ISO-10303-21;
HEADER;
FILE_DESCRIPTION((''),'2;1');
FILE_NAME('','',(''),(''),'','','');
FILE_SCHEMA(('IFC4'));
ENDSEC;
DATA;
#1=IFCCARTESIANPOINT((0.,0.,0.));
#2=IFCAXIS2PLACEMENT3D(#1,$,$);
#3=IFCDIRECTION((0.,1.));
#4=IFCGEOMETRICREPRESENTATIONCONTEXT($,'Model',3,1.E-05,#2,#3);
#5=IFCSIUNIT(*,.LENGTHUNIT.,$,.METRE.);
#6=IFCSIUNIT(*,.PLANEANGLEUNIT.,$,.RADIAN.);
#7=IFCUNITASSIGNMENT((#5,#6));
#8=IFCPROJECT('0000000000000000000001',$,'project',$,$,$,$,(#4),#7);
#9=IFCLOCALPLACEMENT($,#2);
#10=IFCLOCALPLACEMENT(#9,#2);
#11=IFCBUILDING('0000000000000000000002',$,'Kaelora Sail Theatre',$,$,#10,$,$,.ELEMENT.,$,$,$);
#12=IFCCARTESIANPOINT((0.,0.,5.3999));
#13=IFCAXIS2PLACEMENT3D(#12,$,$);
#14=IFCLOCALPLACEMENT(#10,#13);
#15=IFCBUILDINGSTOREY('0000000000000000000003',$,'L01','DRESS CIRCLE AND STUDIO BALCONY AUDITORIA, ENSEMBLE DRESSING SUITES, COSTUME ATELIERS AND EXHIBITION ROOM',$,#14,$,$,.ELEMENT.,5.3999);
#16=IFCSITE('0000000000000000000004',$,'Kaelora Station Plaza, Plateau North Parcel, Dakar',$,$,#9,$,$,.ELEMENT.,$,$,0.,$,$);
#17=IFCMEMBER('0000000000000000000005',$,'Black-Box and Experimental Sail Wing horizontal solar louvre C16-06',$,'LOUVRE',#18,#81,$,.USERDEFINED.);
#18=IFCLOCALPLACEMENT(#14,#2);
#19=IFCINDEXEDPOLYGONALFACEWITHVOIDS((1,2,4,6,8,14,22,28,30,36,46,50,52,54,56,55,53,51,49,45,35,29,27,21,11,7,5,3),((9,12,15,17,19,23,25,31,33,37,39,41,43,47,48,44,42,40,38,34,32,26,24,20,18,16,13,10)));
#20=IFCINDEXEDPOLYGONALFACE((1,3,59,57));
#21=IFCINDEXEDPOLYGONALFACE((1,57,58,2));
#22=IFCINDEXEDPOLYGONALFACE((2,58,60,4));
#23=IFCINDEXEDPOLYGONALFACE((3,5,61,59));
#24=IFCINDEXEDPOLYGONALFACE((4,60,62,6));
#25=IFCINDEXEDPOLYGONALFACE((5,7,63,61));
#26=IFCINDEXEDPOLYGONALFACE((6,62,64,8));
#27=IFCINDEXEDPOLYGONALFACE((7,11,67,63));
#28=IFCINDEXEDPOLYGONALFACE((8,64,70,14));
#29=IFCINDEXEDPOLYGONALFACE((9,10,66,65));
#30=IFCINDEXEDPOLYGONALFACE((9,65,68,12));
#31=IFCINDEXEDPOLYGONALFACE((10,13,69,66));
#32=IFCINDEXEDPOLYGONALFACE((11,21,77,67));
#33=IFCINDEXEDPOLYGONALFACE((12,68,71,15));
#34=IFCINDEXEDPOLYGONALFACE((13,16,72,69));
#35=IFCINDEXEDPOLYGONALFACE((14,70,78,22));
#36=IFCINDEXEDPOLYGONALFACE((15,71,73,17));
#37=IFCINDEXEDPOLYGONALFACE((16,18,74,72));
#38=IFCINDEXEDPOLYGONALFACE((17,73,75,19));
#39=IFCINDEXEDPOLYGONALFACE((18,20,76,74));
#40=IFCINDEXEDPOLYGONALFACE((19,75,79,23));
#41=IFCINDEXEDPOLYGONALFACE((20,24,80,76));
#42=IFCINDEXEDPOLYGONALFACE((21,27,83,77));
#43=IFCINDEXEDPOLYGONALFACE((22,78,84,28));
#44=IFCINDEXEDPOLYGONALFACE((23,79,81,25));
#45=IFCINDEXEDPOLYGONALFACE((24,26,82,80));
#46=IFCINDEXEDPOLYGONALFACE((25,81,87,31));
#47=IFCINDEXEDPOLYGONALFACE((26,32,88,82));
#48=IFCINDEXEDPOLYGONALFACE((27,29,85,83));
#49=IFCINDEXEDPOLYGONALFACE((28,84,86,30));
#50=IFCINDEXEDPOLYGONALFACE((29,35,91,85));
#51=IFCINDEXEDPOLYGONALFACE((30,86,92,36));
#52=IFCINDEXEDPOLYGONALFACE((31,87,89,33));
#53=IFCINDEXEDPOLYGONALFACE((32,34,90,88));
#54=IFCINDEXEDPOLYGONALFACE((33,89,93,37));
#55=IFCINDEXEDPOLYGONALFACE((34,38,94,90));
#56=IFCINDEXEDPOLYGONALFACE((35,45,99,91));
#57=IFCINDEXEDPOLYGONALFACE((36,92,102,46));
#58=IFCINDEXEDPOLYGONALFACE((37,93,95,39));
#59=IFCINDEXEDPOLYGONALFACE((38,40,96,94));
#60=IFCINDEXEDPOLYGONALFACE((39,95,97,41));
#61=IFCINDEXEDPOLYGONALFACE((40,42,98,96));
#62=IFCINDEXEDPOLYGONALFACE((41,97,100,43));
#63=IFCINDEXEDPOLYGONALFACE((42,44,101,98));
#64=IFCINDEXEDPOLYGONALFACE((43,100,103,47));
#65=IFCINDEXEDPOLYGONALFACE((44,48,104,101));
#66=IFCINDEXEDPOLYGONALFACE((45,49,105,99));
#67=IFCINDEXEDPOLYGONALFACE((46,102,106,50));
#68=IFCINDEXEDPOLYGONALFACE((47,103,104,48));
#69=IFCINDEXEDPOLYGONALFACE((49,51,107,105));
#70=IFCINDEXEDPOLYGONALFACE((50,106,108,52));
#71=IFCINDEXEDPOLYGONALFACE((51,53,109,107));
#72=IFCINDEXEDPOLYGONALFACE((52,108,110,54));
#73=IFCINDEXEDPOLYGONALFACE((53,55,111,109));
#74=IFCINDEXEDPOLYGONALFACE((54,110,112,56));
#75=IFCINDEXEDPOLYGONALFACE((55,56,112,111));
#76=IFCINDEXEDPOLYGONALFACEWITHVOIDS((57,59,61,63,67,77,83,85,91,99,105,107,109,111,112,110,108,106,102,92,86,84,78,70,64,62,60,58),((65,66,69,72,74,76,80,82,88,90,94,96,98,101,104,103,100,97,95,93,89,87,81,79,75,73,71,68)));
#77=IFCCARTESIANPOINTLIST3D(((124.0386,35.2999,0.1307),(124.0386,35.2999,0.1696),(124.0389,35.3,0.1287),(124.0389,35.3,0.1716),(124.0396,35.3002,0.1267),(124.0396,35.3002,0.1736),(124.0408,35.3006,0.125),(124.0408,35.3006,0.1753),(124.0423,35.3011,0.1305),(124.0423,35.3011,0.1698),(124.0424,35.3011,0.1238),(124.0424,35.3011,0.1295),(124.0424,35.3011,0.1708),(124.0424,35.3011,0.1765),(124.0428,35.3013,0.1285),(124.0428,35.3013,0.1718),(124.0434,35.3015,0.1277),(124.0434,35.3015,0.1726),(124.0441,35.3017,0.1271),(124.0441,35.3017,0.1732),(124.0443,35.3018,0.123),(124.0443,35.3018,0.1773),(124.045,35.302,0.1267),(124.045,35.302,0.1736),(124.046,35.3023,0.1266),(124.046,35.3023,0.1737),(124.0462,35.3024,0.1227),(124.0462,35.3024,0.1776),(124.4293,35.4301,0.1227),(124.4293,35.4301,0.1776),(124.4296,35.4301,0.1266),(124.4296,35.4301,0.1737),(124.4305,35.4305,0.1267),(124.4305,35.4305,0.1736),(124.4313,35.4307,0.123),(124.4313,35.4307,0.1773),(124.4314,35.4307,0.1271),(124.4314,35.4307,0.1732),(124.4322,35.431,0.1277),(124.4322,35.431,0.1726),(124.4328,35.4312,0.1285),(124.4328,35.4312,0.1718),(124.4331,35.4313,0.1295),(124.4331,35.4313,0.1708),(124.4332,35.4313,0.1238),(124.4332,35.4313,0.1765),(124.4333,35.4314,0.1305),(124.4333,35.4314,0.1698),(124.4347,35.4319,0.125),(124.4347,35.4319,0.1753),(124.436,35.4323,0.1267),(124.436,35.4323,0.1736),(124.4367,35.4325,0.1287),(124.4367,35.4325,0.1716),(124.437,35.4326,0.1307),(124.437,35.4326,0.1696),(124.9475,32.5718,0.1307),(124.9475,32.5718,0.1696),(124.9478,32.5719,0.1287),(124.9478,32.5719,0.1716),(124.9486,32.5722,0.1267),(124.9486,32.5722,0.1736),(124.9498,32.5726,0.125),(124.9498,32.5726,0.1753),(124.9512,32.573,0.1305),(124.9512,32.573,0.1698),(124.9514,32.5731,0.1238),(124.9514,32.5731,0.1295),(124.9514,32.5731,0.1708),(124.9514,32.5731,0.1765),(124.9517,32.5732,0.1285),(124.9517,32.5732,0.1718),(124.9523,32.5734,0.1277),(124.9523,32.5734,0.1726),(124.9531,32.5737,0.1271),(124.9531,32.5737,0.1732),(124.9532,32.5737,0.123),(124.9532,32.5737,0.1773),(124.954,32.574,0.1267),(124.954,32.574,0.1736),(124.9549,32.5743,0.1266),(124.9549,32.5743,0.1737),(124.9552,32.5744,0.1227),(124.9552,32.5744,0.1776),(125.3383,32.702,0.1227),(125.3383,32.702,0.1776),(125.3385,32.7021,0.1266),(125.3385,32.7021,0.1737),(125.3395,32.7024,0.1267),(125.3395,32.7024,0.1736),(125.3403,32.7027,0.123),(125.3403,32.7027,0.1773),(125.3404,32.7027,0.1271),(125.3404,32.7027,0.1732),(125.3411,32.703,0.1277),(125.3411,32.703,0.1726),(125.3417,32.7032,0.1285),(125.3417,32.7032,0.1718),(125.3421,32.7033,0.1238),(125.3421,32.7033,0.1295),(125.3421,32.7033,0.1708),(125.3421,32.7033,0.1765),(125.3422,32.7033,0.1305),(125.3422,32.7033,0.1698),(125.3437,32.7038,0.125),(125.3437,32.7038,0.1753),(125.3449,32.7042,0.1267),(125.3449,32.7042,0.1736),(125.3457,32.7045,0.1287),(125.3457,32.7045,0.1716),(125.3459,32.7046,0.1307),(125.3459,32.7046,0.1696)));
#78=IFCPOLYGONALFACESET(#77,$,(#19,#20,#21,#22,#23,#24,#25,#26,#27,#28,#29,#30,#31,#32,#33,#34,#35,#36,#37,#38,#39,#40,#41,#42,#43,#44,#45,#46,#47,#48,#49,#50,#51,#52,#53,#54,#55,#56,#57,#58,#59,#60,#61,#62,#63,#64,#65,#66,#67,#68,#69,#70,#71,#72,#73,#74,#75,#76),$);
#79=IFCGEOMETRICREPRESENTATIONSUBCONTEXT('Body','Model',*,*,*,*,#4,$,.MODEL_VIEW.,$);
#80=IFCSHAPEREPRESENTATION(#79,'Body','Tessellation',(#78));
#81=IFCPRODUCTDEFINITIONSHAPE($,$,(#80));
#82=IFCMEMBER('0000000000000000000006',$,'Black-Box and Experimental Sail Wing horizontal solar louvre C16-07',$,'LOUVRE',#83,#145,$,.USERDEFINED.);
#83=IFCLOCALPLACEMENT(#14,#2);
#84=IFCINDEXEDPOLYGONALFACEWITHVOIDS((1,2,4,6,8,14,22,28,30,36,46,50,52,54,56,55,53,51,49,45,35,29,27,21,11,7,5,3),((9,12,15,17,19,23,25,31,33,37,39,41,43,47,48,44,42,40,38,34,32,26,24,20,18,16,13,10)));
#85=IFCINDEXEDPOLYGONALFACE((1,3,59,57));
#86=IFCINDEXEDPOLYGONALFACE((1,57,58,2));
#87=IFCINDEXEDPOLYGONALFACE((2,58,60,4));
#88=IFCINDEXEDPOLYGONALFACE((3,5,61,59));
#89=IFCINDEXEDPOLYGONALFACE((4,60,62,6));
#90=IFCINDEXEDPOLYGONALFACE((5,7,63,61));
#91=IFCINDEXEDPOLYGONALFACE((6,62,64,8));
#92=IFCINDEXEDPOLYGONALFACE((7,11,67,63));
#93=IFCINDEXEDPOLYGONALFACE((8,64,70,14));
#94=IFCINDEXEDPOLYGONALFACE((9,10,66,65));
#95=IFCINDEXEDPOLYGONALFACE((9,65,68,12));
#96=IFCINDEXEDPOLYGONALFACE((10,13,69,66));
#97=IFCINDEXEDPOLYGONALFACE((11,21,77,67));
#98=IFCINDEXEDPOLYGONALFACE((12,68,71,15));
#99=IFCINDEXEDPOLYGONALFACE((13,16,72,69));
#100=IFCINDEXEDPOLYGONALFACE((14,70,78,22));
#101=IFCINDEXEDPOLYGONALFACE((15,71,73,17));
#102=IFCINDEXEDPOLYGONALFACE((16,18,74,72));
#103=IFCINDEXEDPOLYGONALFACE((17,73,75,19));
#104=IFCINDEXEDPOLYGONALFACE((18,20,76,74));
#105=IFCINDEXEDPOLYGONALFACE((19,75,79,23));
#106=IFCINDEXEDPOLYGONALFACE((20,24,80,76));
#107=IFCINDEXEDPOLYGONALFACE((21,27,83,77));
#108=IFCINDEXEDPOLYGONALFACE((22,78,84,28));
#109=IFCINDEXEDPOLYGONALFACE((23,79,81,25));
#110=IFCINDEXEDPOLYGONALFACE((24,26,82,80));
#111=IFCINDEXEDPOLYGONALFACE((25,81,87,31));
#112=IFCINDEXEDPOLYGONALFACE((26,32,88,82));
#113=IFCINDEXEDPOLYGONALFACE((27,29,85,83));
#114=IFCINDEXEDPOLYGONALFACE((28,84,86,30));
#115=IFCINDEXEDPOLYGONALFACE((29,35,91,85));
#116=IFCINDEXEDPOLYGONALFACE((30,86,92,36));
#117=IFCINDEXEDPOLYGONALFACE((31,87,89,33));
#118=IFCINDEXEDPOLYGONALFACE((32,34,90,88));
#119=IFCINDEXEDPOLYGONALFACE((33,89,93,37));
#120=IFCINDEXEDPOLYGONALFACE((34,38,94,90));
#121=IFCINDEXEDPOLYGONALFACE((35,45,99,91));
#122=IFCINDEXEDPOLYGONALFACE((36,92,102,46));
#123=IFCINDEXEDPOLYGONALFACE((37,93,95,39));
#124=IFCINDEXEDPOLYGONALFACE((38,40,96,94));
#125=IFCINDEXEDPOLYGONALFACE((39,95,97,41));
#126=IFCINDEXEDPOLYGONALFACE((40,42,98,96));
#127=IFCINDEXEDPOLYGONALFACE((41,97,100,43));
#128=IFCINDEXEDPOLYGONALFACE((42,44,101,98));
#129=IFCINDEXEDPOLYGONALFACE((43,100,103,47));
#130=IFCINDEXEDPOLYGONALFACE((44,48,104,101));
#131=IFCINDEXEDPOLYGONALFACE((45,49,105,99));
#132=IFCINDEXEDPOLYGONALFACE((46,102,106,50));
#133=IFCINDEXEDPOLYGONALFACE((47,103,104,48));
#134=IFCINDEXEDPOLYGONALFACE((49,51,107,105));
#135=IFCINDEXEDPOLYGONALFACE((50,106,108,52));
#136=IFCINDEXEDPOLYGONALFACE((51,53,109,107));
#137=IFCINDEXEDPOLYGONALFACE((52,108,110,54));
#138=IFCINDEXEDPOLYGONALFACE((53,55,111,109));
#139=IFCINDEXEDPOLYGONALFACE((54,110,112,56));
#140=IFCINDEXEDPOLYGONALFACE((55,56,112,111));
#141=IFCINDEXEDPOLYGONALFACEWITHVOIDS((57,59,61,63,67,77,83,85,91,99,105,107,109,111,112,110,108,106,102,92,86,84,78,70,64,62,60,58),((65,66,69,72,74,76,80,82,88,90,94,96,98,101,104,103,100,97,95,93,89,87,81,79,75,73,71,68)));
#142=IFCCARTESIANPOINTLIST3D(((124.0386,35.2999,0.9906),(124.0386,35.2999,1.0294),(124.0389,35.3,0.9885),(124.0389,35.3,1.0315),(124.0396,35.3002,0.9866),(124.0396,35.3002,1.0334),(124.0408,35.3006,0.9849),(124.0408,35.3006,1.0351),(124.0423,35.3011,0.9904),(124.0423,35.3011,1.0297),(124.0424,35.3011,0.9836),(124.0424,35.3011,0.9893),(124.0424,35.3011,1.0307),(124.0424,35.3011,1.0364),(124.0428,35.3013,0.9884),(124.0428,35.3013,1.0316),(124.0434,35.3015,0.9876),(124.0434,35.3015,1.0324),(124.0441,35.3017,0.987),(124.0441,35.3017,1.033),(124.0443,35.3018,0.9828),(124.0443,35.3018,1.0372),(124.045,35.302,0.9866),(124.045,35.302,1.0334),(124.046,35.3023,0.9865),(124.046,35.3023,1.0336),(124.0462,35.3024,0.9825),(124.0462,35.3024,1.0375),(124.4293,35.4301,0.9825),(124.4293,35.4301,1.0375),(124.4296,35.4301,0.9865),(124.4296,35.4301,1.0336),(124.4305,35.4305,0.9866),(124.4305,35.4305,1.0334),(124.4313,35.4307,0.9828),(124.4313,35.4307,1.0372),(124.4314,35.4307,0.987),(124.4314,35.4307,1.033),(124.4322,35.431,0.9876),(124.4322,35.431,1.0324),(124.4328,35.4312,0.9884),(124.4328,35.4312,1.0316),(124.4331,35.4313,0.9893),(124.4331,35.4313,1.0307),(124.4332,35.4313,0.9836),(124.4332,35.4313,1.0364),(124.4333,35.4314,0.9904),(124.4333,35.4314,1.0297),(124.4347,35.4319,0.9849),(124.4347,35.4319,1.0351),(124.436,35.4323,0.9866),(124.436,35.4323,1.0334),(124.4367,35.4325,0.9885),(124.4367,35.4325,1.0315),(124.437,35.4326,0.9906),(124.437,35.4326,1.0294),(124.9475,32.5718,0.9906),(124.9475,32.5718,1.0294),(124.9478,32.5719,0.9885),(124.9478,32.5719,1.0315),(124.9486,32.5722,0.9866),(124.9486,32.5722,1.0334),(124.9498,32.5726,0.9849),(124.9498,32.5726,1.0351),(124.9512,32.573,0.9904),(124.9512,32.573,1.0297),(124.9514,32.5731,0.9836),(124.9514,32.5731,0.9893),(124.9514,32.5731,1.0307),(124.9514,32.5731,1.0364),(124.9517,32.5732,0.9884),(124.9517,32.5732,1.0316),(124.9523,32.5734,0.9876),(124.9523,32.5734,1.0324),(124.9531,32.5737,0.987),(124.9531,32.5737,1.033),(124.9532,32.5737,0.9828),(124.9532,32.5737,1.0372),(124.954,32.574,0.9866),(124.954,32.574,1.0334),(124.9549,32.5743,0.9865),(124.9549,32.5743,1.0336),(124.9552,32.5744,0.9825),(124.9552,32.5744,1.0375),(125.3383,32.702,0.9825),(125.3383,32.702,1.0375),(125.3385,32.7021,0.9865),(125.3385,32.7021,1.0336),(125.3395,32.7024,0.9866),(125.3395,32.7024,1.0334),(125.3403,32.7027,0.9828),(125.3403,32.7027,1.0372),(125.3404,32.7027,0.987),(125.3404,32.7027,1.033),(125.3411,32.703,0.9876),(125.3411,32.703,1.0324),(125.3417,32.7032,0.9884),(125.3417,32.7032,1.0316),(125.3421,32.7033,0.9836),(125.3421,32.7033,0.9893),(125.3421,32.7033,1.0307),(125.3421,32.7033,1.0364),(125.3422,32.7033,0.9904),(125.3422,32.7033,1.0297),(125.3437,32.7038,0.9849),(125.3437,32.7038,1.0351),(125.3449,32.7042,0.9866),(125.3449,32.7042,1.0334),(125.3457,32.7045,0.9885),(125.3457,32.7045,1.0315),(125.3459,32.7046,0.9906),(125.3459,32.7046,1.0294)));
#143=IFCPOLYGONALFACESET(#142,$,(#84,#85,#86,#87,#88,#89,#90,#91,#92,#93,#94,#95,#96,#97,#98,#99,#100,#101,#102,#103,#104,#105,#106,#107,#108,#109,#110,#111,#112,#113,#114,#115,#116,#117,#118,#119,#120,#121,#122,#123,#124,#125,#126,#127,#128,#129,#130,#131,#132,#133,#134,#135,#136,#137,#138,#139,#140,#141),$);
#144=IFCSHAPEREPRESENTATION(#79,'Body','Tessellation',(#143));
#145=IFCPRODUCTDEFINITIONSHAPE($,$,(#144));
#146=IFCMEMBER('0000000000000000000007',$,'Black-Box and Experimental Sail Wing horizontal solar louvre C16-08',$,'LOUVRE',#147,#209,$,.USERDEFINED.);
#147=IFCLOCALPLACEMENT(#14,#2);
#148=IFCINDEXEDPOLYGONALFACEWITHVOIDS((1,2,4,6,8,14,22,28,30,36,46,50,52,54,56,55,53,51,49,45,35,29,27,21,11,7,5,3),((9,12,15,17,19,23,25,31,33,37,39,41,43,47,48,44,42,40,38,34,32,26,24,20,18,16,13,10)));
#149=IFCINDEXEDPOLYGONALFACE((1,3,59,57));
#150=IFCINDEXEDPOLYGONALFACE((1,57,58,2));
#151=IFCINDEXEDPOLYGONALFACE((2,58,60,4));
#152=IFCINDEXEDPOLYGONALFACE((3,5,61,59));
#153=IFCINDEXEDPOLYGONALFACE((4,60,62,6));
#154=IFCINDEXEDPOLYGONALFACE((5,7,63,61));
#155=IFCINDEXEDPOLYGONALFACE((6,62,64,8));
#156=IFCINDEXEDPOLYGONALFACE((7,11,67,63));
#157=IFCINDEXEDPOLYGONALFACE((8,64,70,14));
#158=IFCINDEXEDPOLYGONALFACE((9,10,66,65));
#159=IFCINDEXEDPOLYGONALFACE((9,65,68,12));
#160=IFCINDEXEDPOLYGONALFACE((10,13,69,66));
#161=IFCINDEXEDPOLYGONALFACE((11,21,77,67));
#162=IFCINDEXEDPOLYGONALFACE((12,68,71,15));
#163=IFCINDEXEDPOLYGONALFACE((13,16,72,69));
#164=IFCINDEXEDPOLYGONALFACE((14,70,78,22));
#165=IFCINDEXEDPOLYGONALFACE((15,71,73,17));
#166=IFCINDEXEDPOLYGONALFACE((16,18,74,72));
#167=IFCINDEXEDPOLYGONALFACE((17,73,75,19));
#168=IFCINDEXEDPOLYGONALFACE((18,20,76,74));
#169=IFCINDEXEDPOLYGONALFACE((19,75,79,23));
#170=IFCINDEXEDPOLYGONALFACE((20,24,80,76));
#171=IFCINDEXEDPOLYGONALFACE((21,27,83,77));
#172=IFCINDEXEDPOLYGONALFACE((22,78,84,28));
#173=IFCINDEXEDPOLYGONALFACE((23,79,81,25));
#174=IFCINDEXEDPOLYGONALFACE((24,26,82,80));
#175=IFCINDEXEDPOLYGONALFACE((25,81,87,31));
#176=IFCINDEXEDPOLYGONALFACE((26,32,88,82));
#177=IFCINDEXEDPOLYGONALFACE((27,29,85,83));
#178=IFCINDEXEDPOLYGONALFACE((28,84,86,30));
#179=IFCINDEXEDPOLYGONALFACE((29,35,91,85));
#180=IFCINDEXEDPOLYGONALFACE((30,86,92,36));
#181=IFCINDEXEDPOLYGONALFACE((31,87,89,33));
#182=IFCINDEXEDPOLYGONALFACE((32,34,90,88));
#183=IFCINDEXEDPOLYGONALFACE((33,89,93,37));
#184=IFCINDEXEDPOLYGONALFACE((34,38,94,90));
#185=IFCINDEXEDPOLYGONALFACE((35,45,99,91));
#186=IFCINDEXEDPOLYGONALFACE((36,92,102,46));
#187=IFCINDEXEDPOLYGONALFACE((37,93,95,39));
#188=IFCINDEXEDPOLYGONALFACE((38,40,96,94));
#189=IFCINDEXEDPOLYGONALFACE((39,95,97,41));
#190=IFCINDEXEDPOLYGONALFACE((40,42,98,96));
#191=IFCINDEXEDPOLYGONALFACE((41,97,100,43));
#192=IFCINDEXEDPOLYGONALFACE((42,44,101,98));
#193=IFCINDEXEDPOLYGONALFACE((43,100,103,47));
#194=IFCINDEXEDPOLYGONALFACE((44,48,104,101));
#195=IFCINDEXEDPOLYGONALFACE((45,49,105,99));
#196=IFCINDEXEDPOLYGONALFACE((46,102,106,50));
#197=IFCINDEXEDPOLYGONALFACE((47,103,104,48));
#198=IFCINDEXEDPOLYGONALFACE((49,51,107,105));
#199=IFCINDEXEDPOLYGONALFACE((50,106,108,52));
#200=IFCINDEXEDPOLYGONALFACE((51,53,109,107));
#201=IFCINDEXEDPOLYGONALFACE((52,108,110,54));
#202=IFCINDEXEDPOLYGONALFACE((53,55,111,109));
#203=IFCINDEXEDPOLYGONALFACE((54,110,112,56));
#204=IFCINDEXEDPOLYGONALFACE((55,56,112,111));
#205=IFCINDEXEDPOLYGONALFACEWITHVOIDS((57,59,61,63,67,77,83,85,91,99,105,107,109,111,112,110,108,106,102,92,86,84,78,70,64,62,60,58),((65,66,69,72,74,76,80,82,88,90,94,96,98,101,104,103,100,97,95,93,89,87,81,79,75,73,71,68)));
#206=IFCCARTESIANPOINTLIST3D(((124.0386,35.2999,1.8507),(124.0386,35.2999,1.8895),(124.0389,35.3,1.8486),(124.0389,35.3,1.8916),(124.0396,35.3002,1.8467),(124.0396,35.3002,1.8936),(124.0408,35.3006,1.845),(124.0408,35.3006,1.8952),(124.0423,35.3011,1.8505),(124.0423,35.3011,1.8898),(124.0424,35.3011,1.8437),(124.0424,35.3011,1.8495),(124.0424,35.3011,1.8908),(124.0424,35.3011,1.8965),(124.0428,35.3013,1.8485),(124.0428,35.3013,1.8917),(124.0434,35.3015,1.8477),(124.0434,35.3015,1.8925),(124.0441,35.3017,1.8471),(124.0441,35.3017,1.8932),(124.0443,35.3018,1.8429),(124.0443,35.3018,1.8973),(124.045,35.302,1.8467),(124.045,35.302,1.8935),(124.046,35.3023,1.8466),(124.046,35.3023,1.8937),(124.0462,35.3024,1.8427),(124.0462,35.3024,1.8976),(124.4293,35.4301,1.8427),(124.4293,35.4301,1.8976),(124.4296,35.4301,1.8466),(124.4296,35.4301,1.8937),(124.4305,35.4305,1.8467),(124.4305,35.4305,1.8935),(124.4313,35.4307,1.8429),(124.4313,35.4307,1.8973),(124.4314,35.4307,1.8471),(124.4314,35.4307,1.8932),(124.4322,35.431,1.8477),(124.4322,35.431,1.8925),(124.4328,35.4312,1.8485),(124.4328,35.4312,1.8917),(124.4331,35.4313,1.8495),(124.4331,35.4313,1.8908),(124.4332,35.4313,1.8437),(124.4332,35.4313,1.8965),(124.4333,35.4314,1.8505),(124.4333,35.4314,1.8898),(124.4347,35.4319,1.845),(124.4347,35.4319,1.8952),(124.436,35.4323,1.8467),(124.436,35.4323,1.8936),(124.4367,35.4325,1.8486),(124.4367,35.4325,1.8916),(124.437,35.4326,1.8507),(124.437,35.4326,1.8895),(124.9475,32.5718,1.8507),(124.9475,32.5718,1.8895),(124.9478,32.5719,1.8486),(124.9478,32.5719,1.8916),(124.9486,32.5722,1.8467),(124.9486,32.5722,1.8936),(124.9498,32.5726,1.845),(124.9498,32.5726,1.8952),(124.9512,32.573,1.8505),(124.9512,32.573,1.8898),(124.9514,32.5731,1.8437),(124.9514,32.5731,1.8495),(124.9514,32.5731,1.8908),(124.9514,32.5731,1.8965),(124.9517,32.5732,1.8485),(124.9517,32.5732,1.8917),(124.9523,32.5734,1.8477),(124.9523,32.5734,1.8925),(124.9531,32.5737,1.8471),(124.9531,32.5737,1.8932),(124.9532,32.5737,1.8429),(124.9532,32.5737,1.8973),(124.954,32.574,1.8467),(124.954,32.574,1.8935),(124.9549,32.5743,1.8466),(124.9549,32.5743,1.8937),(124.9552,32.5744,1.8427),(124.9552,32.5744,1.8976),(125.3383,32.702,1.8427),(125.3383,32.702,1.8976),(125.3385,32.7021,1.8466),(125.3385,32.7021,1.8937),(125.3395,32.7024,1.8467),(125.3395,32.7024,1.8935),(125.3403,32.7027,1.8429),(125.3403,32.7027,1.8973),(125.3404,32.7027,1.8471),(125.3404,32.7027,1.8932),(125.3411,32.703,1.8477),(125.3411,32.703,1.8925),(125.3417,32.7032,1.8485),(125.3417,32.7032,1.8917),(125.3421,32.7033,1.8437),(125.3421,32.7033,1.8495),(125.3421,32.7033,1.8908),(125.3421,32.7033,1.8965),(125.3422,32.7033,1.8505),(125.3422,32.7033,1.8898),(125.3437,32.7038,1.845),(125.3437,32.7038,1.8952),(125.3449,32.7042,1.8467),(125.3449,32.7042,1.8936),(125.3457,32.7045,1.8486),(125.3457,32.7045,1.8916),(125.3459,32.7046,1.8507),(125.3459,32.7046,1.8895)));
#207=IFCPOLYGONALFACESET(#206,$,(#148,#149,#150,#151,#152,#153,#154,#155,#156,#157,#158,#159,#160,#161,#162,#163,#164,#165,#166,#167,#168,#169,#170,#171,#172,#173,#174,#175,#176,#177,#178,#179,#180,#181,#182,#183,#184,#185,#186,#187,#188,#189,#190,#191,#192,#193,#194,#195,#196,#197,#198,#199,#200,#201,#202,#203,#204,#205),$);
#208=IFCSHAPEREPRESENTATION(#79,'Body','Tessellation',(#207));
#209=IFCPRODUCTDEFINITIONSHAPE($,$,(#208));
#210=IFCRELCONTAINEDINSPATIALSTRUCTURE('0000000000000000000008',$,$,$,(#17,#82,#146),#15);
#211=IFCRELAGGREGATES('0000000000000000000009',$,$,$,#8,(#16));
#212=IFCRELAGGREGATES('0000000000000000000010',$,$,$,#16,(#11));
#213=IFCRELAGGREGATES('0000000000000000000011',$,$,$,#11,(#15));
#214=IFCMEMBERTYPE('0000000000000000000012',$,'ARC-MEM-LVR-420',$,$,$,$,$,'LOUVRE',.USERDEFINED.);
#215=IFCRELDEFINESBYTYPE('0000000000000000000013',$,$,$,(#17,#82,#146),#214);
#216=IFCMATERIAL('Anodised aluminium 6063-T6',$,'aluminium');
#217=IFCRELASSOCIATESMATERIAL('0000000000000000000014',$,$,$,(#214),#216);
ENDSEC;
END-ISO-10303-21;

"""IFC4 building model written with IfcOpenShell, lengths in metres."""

from ifc_helpers import new_model, si_unit, direction, frame, origin, origin_2d, place, context, subcontext, project, spatial, hollow_rectangle, extrude, material, material_profile, profile_set, type_object, element, save


model = new_model("IFC4")

# Units and contexts
model_context = context("Model", 3, precision=1e-05, world=origin(), true_north=direction((0.0, 1.0)))
body_context = subcontext(model_context, "Body", "Model", "MODEL_VIEW")
ifc_project = project(units=[si_unit("LENGTHUNIT", "METRE"), si_unit("PLANEANGLEUNIT", "RADIAN")], contexts=[model_context])

# Site, building, storey
site_placement = place(None, origin())
site = spatial("IfcSite", under=ifc_project, at=site_placement, Name="Kaelora Station Plaza, Plateau North Parcel, Dakar", CompositionType="ELEMENT", RefElevation=0.0)
building_placement = place(site_placement, origin())
building = spatial("IfcBuilding", under=site, at=building_placement, Name="Kaelora Sail Theatre", CompositionType="ELEMENT")
storey_placement = place(building_placement, frame((0.0, 0.0, 5.3999)))
storey = spatial("IfcBuildingStorey", under=building, at=storey_placement, Name="L01", Description="DRESS CIRCLE AND STUDIO BALCONY AUDITORIA, ENSEMBLE DRESSING SUITES, COSTUME ATELIERS AND EXHIBITION ROOM", CompositionType="ELEMENT", Elevation=5.3999)

# Members
ifc_material_1 = material(Name="Anodised aluminium 6063-T6", Category="aluminium")
ifc_material_profile_1 = material_profile(ifc_material_1, hollow_rectangle(XDim=0.4199, YDim=0.0549, WallThickness=0.0039, InnerFilletRadius=0.0039, OuterFilletRadius=0.0081, at=origin_2d()), Name="LOUVRE 420x55x4")
ifc_profile_set_1 = profile_set([ifc_material_profile_1], Name="Anodised aluminium 6063-T6")
member_type = type_object("IfcMemberType", Name="ARC-MEM-LVR-420", ElementType="LOUVRE", PredefinedType="USERDEFINED", material=ifc_profile_set_1)
for number, where, z_axis, x_axis, name in (
    (1, (125.1467, 32.6382, 0.1501), (-0.3161, 0.948726, 0.0), (-0.948726, -0.3161, 0.0), "Black-Box and Experimental Sail Wing horizontal solar louvre C16-06"),
    (2, (125.1467, 32.6382, 1.01), (-0.3161, 0.948726, 0.0), (-0.948726, -0.3161, 0.0), "Black-Box and Experimental Sail Wing horizontal solar louvre C16-07"),
    (3, (125.1467, 32.6382, 1.8701), (-0.3161, 0.948726, 0.0), (-0.948726, -0.3161, 0.0), "Black-Box and Experimental Sail Wing horizontal solar louvre C16-08"),
):
    element("IfcMember", number, at=place(storey_placement, frame(where, z_axis=z_axis, x_axis=x_axis)), inside=storey, type_object=member_type, Name=name, ObjectType="LOUVRE", PredefinedType="USERDEFINED", context=body_context, shape_type="SweptSolid", body=[
        extrude(hollow_rectangle(XDim=0.4199, YDim=0.0549, WallThickness=0.0039, InnerFilletRadius=0.0039, OuterFilletRadius=0.0081, at=origin_2d()), origin(), (0.0, 0.0, 1.0), 2.8755),
    ])

save(model, "model.ifc")
